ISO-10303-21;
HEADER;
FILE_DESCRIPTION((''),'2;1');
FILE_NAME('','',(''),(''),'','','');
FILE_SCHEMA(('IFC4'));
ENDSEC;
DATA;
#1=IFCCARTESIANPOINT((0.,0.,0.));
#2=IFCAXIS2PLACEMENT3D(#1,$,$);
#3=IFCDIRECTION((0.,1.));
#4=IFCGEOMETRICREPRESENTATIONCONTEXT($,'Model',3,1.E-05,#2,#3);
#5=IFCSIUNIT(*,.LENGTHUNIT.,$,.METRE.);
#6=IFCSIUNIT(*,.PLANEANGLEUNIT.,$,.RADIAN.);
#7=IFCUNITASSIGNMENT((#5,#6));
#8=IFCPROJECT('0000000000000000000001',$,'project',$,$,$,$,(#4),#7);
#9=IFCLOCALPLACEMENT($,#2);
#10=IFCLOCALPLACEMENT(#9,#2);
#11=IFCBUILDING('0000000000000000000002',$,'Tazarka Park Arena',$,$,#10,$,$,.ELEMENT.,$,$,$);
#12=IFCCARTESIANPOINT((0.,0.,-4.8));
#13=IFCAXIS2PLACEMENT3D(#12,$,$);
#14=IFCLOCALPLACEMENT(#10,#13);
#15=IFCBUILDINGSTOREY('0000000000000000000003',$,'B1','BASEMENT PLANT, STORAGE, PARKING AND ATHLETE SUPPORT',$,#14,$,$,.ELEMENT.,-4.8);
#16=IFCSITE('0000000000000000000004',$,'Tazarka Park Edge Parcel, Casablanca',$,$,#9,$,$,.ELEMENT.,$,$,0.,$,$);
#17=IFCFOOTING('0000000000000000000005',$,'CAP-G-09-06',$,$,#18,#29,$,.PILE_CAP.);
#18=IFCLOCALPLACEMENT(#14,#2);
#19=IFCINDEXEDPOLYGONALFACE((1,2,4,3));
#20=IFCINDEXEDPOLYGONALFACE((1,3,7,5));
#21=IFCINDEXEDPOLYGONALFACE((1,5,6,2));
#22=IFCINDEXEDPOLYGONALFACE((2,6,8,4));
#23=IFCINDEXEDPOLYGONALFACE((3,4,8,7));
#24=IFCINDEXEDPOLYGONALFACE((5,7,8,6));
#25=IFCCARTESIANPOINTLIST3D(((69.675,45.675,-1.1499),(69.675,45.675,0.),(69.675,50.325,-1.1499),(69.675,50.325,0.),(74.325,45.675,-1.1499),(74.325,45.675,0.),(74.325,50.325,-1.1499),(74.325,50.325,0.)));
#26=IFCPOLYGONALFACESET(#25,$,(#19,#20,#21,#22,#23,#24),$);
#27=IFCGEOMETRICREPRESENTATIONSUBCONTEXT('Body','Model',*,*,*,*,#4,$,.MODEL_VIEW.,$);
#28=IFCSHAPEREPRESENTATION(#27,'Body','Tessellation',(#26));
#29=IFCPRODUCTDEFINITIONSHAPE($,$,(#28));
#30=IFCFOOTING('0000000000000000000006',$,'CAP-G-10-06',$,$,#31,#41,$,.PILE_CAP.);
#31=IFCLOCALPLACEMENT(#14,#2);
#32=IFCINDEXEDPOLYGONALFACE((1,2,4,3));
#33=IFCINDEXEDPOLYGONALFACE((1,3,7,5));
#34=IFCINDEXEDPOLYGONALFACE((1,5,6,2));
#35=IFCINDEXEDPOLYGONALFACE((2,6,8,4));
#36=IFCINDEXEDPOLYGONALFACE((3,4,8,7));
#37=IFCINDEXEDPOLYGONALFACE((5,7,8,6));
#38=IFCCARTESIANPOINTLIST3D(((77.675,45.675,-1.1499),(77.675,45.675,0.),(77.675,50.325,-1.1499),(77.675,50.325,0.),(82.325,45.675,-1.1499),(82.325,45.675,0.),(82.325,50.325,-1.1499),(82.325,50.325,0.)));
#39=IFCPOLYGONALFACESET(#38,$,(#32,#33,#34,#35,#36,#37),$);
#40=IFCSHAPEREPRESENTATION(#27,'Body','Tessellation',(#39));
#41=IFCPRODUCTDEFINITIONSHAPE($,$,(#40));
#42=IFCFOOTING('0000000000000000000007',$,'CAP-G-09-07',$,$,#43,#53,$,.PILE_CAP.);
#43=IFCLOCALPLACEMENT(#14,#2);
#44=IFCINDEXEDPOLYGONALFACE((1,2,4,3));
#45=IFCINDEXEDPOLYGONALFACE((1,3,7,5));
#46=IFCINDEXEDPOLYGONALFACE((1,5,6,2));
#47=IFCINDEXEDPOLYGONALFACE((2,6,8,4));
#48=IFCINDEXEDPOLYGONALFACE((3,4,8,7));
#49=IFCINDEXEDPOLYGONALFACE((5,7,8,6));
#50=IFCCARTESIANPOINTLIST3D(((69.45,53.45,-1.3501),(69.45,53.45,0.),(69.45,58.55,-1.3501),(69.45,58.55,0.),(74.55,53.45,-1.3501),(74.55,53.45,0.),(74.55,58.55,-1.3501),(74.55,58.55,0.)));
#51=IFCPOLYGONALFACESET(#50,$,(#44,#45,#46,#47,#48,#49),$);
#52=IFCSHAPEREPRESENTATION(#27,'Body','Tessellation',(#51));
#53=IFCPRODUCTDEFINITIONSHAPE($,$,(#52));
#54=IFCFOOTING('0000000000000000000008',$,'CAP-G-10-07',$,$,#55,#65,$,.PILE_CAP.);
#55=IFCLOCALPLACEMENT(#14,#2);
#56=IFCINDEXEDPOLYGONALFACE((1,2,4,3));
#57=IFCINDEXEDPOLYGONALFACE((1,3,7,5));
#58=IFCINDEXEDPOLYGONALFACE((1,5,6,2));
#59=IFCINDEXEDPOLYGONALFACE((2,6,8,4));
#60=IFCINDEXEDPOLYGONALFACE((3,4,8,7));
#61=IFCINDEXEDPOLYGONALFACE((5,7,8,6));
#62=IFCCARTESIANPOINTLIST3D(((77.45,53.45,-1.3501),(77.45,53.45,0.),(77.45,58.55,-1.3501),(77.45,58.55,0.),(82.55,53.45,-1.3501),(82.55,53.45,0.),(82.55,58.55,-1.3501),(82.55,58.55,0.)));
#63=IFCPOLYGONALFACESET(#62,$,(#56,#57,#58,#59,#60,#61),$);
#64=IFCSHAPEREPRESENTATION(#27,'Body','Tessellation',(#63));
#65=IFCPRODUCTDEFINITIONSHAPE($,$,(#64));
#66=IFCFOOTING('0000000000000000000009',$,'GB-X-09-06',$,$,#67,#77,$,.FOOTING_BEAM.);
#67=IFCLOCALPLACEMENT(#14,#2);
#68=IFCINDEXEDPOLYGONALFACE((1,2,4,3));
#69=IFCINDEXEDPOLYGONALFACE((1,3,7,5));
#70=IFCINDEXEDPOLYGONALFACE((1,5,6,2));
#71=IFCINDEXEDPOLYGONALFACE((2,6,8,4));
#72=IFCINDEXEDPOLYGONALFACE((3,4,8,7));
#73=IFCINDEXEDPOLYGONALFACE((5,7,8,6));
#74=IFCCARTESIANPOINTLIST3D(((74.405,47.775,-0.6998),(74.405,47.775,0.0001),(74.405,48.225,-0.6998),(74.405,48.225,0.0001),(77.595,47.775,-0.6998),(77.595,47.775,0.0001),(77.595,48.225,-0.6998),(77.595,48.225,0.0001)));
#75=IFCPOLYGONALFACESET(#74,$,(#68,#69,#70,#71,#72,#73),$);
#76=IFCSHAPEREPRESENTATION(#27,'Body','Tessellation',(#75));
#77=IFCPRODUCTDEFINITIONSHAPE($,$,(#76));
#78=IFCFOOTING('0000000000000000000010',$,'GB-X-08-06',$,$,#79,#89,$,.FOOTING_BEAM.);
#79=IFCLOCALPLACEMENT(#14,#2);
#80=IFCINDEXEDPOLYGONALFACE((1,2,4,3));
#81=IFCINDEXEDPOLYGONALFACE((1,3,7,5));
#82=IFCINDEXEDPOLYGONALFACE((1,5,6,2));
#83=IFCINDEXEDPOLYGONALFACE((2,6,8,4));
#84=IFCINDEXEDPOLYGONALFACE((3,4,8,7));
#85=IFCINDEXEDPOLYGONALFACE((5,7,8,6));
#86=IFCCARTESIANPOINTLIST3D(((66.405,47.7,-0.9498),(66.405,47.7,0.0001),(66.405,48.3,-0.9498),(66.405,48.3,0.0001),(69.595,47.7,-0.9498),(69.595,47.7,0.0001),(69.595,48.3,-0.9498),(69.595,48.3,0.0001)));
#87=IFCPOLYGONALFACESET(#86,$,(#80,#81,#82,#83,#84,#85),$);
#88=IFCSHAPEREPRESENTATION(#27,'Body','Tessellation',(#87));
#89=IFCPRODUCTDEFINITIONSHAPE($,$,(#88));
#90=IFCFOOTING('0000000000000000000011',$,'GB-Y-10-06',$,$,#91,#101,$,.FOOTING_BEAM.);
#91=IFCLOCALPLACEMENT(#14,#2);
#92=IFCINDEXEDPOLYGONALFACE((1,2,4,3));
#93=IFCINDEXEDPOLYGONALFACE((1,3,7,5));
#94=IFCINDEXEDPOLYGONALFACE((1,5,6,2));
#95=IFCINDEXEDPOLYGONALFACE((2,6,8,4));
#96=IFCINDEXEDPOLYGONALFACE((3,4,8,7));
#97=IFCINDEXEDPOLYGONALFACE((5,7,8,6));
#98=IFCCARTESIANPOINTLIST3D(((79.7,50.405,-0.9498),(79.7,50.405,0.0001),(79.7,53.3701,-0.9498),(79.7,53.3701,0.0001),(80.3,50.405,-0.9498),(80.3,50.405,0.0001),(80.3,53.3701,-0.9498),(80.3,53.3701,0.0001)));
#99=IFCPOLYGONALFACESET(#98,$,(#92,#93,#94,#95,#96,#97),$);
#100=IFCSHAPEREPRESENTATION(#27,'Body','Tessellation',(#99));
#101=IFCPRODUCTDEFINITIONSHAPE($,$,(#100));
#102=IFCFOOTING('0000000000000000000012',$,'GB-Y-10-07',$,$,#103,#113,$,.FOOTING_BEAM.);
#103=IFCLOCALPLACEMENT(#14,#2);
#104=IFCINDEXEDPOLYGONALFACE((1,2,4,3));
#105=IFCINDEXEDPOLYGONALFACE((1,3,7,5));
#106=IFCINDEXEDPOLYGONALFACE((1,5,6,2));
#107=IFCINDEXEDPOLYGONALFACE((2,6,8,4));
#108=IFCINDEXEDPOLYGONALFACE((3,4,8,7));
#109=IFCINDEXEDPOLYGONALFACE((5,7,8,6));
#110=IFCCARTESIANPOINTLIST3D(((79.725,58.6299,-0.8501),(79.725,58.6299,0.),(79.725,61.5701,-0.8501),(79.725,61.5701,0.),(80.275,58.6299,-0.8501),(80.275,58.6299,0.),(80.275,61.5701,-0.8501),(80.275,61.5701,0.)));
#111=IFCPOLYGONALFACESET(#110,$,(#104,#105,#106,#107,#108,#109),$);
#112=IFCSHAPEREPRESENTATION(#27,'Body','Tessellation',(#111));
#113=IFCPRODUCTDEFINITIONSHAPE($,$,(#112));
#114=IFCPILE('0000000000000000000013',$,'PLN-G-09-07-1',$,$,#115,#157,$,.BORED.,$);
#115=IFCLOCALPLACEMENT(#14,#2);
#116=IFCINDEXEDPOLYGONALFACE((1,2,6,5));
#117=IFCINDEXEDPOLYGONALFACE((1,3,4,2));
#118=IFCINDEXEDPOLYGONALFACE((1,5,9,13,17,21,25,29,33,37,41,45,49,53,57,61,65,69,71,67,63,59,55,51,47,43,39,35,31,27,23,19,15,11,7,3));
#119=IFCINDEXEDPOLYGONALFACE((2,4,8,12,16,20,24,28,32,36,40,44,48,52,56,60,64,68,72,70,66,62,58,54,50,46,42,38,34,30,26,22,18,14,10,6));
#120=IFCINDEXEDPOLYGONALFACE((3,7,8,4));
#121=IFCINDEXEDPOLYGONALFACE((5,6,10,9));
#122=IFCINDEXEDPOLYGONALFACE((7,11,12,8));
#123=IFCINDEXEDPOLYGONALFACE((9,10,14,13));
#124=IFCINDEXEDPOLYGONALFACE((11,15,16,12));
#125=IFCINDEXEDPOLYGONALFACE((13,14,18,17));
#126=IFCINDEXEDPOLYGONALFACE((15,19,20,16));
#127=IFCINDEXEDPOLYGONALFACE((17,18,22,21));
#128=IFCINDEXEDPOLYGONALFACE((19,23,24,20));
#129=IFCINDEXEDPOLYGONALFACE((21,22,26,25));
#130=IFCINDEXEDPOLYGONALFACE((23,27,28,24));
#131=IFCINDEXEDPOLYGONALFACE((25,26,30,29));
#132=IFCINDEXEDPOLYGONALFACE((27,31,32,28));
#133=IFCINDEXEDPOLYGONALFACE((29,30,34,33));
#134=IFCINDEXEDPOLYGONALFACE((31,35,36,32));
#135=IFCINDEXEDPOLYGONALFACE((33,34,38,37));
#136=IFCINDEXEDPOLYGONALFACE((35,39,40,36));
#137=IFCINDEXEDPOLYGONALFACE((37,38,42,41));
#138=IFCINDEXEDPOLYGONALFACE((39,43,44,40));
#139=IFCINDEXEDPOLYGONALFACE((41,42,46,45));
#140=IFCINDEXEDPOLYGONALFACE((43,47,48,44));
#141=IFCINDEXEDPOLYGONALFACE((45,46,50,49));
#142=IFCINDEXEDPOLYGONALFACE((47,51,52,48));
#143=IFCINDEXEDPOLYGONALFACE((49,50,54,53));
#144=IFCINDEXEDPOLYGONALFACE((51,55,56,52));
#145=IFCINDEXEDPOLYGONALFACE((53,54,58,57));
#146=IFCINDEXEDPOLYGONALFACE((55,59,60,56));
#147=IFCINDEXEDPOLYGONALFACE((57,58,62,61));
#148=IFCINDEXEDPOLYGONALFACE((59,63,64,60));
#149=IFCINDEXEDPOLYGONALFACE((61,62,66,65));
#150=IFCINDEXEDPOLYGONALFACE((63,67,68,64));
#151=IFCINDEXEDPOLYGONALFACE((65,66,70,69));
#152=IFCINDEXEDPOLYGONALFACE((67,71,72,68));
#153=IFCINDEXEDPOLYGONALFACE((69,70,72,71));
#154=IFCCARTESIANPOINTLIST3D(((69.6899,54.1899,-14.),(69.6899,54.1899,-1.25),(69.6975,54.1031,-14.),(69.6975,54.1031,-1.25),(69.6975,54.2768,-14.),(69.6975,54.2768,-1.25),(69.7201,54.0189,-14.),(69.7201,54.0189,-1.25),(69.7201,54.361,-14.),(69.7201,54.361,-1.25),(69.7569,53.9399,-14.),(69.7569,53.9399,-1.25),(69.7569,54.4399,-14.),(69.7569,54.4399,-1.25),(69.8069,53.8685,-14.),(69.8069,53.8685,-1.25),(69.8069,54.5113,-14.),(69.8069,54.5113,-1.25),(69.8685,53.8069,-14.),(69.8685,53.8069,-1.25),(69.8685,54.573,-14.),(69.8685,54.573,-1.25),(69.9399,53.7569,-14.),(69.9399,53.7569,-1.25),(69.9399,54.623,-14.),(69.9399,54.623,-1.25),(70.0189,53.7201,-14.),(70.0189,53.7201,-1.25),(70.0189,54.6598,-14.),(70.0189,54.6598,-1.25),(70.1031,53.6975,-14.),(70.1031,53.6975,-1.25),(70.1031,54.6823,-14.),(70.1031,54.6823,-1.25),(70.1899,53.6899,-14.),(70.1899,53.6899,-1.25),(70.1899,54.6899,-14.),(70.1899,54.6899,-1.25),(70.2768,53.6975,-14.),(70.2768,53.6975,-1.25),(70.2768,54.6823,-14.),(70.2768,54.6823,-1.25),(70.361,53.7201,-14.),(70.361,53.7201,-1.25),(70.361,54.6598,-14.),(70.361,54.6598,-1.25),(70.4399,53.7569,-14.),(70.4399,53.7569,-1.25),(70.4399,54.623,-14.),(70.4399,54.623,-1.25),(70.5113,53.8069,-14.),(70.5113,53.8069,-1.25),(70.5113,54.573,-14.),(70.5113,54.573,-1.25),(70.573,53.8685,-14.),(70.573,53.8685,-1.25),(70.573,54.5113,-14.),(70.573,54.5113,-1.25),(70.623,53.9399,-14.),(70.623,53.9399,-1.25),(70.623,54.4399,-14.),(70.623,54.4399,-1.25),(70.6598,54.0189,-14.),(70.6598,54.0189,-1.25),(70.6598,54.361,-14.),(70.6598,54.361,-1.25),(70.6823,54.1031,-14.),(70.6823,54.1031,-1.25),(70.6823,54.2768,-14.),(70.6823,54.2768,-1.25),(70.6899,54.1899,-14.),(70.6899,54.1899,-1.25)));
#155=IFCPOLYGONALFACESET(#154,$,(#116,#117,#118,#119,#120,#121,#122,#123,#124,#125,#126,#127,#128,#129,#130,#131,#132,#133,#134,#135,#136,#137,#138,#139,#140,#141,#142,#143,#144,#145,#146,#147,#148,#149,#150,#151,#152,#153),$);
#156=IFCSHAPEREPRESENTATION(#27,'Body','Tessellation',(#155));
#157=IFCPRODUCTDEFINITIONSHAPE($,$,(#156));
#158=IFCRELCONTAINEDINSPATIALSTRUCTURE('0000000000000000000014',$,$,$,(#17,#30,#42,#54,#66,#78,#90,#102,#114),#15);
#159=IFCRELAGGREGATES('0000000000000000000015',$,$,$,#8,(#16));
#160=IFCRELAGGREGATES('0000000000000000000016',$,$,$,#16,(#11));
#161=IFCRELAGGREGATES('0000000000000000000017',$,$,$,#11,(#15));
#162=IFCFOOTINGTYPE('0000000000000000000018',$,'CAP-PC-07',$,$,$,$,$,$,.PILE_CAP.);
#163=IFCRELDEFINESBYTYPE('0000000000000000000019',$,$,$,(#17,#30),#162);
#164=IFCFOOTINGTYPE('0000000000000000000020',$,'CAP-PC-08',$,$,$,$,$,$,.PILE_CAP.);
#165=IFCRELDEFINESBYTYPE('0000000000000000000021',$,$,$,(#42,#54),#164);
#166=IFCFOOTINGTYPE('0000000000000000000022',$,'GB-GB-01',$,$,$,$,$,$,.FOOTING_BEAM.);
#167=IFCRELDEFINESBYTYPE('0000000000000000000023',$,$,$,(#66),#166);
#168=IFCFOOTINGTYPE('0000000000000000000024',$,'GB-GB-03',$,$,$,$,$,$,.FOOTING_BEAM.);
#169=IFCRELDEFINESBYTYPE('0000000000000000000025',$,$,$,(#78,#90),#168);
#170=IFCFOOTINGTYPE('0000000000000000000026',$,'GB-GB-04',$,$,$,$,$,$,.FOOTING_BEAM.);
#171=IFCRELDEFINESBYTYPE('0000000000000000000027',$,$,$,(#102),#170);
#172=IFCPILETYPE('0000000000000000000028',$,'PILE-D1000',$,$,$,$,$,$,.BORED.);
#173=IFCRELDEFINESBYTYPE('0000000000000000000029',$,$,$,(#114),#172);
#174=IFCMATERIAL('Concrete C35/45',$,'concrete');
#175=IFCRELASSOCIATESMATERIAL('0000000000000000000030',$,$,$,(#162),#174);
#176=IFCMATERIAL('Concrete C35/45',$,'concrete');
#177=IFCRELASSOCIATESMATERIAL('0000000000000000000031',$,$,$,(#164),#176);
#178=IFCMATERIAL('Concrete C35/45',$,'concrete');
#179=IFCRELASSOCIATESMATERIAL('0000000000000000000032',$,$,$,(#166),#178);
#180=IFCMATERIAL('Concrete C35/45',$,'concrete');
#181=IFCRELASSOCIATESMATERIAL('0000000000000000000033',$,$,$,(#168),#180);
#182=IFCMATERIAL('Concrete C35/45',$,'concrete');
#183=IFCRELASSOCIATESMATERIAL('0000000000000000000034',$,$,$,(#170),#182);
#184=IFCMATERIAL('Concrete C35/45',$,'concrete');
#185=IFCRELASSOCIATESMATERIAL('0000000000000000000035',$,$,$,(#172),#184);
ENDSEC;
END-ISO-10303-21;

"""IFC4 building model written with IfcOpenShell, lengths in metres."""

from ifc_helpers import new_model, si_unit, direction, frame, origin, origin_2d, place, context, subcontext, project, spatial, rectangle, circle, extrude, material, material_profile, profile_set, type_object, element, save


model = new_model("IFC4")

# Units and contexts
model_context = context("Model", 3, precision=1e-05, world=origin(), true_north=direction((0.0, 1.0)))
body_context = subcontext(model_context, "Body", "Model", "MODEL_VIEW")
ifc_project = project(units=[si_unit("LENGTHUNIT", "METRE"), si_unit("PLANEANGLEUNIT", "RADIAN")], contexts=[model_context])

# Site, building, storey
site_placement = place(None, origin())
site = spatial("IfcSite", under=ifc_project, at=site_placement, Name="Tazarka Park Edge Parcel, Casablanca", CompositionType="ELEMENT", RefElevation=0.0)
building_placement = place(site_placement, origin())
building = spatial("IfcBuilding", under=site, at=building_placement, Name="Tazarka Park Arena", CompositionType="ELEMENT")
storey_placement = place(building_placement, frame((0.0, 0.0, -4.8)))
storey = spatial("IfcBuildingStorey", under=building, at=storey_placement, Name="B1", Description="BASEMENT PLANT, STORAGE, PARKING AND ATHLETE SUPPORT", CompositionType="ELEMENT", Elevation=-4.8)

# Footings
ifc_material_1 = material(Name="Concrete C35/45", Category="concrete")
footing_type_1 = type_object("IfcFootingType", Name="CAP-PC-07", PredefinedType="PILE_CAP", material=ifc_material_1)
for number, where, z_axis, x_axis, name in (
    (1, (72.0, 48.0, -1.1499), (0.0, 0.0, 1.0), (1.0, 0.0, 0.0), "CAP-G-09-06"),
    (2, (80.0, 48.0, -1.1499), (0.0, 0.0, 1.0), (1.0, 0.0, 0.0), "CAP-G-10-06"),
):
    element("IfcFooting", number, at=place(storey_placement, frame(where, z_axis=z_axis, x_axis=x_axis)), inside=storey, type_object=footing_type_1, Name=name, PredefinedType="PILE_CAP", context=body_context, shape_type="SweptSolid", body=[
        extrude(rectangle(XDim=4.6499, YDim=4.6499, at=origin_2d()), origin(), (0.0, 0.0, 1.0), 1.1499),
    ])
ifc_material_2 = material(Name="Concrete C35/45", Category="concrete")
footing_type_2 = type_object("IfcFootingType", Name="CAP-PC-08", PredefinedType="PILE_CAP", material=ifc_material_2)
for number, where, z_axis, x_axis, name in (
    (3, (72.0, 56.0, -1.3501), (0.0, 0.0, 1.0), (1.0, 0.0, 0.0), "CAP-G-09-07"),
    (4, (80.0, 56.0, -1.3501), (0.0, 0.0, 1.0), (1.0, 0.0, 0.0), "CAP-G-10-07"),
):
    element("IfcFooting", number, at=place(storey_placement, frame(where, z_axis=z_axis, x_axis=x_axis)), inside=storey, type_object=footing_type_2, Name=name, PredefinedType="PILE_CAP", context=body_context, shape_type="SweptSolid", body=[
        extrude(rectangle(XDim=5.1001, YDim=5.1001, at=origin_2d()), origin(), (0.0, 0.0, 1.0), 1.3501),
    ])
ifc_material_3 = material(Name="Concrete C35/45", Category="concrete")
ifc_material_profile_1 = material_profile(ifc_material_3, rectangle(XDim=0.45, YDim=0.7, at=origin_2d()), Name="Concrete C35/45")
ifc_profile_set_1 = profile_set([ifc_material_profile_1], Name="Concrete C35/45")
footing_type_3 = type_object("IfcFootingType", Name="GB-GB-01", PredefinedType="FOOTING_BEAM", material=ifc_profile_set_1)
footing_1_placement = place(storey_placement, frame((74.405, 48.0, -0.3499), z_axis=(1.0, 0.0, 0.0), x_axis=(0.0, 1.0, 0.0)))
element("IfcFooting", 5, at=footing_1_placement, inside=storey, type_object=footing_type_3, Name="GB-X-09-06", PredefinedType="FOOTING_BEAM", context=body_context, shape_type="SweptSolid", body=[
    extrude(rectangle(XDim=0.45, YDim=0.7, at=origin_2d()), origin(), (0.0, 0.0, 1.0), 3.1899),
])
ifc_material_4 = material(Name="Concrete C35/45", Category="concrete")
ifc_material_profile_2 = material_profile(ifc_material_4, rectangle(XDim=0.6001, YDim=0.95, at=origin_2d()), Name="Concrete C35/45")
ifc_profile_set_2 = profile_set([ifc_material_profile_2], Name="Concrete C35/45")
footing_type_4 = type_object("IfcFootingType", Name="GB-GB-03", PredefinedType="FOOTING_BEAM", material=ifc_profile_set_2)
footing_2_placement = place(storey_placement, frame((66.405, 48.0, -0.4749), z_axis=(1.0, 0.0, 0.0), x_axis=(0.0, 1.0, 0.0)))
element("IfcFooting", 6, at=footing_2_placement, inside=storey, type_object=footing_type_4, Name="GB-X-08-06", PredefinedType="FOOTING_BEAM", context=body_context, shape_type="SweptSolid", body=[
    extrude(rectangle(XDim=0.6001, YDim=0.95, at=origin_2d()), origin(), (0.0, 0.0, 1.0), 3.1899),
])
footing_3_placement = place(storey_placement, frame((80.0, 50.405, -0.4749), z_axis=(0.0, 1.0, 0.0), x_axis=(-1.0, 0.0, 0.0)))
element("IfcFooting", 7, at=footing_3_placement, inside=storey, type_object=footing_type_4, Name="GB-Y-10-06", PredefinedType="FOOTING_BEAM", context=body_context, shape_type="SweptSolid", body=[
    extrude(rectangle(XDim=0.6001, YDim=0.95, at=origin_2d()), origin(), (0.0, 0.0, 1.0), 2.9651),
])
ifc_material_5 = material(Name="Concrete C35/45", Category="concrete")
ifc_material_profile_3 = material_profile(ifc_material_5, rectangle(XDim=0.55, YDim=0.8501, at=origin_2d()), Name="Concrete C35/45")
ifc_profile_set_3 = profile_set([ifc_material_profile_3], Name="Concrete C35/45")
footing_type_5 = type_object("IfcFootingType", Name="GB-GB-04", PredefinedType="FOOTING_BEAM", material=ifc_profile_set_3)
footing_4_placement = place(storey_placement, frame((80.0, 58.6299, -0.425), z_axis=(0.0, 1.0, 0.0), x_axis=(-1.0, 0.0, 0.0)))
element("IfcFooting", 8, at=footing_4_placement, inside=storey, type_object=footing_type_5, Name="GB-Y-10-07", PredefinedType="FOOTING_BEAM", context=body_context, shape_type="SweptSolid", body=[
    extrude(rectangle(XDim=0.55, YDim=0.8501, at=origin_2d()), origin(), (0.0, 0.0, 1.0), 2.9402),
])

# Pile
ifc_material_6 = material(Name="Concrete C35/45", Category="concrete")
ifc_material_profile_4 = material_profile(ifc_material_6, circle(Radius=0.5, at=origin_2d()), Name="Concrete C35/45")
ifc_profile_set_4 = profile_set([ifc_material_profile_4], Name="Concrete C35/45")
pile_type_1 = type_object("IfcPileType", Name="PILE-D1000", PredefinedType="BORED", material=ifc_profile_set_4)
for number, where, z_axis, x_axis, name in (
    (9, (70.1899, 54.1899, -1.25), (0.0, 0.0, -1.0), (1.0, 0.0, 0.0), "PLN-G-09-07-1"),
):
    element("IfcPile", number, at=place(storey_placement, frame(where, z_axis=z_axis, x_axis=x_axis)), inside=storey, type_object=pile_type_1, Name=name, PredefinedType="BORED", context=body_context, shape_type="SweptSolid", body=[
        extrude(circle(Radius=0.5, at=origin_2d()), origin(), (0.0, 0.0, 1.0), 12.75),
    ])

save(model, "model.ifc")
